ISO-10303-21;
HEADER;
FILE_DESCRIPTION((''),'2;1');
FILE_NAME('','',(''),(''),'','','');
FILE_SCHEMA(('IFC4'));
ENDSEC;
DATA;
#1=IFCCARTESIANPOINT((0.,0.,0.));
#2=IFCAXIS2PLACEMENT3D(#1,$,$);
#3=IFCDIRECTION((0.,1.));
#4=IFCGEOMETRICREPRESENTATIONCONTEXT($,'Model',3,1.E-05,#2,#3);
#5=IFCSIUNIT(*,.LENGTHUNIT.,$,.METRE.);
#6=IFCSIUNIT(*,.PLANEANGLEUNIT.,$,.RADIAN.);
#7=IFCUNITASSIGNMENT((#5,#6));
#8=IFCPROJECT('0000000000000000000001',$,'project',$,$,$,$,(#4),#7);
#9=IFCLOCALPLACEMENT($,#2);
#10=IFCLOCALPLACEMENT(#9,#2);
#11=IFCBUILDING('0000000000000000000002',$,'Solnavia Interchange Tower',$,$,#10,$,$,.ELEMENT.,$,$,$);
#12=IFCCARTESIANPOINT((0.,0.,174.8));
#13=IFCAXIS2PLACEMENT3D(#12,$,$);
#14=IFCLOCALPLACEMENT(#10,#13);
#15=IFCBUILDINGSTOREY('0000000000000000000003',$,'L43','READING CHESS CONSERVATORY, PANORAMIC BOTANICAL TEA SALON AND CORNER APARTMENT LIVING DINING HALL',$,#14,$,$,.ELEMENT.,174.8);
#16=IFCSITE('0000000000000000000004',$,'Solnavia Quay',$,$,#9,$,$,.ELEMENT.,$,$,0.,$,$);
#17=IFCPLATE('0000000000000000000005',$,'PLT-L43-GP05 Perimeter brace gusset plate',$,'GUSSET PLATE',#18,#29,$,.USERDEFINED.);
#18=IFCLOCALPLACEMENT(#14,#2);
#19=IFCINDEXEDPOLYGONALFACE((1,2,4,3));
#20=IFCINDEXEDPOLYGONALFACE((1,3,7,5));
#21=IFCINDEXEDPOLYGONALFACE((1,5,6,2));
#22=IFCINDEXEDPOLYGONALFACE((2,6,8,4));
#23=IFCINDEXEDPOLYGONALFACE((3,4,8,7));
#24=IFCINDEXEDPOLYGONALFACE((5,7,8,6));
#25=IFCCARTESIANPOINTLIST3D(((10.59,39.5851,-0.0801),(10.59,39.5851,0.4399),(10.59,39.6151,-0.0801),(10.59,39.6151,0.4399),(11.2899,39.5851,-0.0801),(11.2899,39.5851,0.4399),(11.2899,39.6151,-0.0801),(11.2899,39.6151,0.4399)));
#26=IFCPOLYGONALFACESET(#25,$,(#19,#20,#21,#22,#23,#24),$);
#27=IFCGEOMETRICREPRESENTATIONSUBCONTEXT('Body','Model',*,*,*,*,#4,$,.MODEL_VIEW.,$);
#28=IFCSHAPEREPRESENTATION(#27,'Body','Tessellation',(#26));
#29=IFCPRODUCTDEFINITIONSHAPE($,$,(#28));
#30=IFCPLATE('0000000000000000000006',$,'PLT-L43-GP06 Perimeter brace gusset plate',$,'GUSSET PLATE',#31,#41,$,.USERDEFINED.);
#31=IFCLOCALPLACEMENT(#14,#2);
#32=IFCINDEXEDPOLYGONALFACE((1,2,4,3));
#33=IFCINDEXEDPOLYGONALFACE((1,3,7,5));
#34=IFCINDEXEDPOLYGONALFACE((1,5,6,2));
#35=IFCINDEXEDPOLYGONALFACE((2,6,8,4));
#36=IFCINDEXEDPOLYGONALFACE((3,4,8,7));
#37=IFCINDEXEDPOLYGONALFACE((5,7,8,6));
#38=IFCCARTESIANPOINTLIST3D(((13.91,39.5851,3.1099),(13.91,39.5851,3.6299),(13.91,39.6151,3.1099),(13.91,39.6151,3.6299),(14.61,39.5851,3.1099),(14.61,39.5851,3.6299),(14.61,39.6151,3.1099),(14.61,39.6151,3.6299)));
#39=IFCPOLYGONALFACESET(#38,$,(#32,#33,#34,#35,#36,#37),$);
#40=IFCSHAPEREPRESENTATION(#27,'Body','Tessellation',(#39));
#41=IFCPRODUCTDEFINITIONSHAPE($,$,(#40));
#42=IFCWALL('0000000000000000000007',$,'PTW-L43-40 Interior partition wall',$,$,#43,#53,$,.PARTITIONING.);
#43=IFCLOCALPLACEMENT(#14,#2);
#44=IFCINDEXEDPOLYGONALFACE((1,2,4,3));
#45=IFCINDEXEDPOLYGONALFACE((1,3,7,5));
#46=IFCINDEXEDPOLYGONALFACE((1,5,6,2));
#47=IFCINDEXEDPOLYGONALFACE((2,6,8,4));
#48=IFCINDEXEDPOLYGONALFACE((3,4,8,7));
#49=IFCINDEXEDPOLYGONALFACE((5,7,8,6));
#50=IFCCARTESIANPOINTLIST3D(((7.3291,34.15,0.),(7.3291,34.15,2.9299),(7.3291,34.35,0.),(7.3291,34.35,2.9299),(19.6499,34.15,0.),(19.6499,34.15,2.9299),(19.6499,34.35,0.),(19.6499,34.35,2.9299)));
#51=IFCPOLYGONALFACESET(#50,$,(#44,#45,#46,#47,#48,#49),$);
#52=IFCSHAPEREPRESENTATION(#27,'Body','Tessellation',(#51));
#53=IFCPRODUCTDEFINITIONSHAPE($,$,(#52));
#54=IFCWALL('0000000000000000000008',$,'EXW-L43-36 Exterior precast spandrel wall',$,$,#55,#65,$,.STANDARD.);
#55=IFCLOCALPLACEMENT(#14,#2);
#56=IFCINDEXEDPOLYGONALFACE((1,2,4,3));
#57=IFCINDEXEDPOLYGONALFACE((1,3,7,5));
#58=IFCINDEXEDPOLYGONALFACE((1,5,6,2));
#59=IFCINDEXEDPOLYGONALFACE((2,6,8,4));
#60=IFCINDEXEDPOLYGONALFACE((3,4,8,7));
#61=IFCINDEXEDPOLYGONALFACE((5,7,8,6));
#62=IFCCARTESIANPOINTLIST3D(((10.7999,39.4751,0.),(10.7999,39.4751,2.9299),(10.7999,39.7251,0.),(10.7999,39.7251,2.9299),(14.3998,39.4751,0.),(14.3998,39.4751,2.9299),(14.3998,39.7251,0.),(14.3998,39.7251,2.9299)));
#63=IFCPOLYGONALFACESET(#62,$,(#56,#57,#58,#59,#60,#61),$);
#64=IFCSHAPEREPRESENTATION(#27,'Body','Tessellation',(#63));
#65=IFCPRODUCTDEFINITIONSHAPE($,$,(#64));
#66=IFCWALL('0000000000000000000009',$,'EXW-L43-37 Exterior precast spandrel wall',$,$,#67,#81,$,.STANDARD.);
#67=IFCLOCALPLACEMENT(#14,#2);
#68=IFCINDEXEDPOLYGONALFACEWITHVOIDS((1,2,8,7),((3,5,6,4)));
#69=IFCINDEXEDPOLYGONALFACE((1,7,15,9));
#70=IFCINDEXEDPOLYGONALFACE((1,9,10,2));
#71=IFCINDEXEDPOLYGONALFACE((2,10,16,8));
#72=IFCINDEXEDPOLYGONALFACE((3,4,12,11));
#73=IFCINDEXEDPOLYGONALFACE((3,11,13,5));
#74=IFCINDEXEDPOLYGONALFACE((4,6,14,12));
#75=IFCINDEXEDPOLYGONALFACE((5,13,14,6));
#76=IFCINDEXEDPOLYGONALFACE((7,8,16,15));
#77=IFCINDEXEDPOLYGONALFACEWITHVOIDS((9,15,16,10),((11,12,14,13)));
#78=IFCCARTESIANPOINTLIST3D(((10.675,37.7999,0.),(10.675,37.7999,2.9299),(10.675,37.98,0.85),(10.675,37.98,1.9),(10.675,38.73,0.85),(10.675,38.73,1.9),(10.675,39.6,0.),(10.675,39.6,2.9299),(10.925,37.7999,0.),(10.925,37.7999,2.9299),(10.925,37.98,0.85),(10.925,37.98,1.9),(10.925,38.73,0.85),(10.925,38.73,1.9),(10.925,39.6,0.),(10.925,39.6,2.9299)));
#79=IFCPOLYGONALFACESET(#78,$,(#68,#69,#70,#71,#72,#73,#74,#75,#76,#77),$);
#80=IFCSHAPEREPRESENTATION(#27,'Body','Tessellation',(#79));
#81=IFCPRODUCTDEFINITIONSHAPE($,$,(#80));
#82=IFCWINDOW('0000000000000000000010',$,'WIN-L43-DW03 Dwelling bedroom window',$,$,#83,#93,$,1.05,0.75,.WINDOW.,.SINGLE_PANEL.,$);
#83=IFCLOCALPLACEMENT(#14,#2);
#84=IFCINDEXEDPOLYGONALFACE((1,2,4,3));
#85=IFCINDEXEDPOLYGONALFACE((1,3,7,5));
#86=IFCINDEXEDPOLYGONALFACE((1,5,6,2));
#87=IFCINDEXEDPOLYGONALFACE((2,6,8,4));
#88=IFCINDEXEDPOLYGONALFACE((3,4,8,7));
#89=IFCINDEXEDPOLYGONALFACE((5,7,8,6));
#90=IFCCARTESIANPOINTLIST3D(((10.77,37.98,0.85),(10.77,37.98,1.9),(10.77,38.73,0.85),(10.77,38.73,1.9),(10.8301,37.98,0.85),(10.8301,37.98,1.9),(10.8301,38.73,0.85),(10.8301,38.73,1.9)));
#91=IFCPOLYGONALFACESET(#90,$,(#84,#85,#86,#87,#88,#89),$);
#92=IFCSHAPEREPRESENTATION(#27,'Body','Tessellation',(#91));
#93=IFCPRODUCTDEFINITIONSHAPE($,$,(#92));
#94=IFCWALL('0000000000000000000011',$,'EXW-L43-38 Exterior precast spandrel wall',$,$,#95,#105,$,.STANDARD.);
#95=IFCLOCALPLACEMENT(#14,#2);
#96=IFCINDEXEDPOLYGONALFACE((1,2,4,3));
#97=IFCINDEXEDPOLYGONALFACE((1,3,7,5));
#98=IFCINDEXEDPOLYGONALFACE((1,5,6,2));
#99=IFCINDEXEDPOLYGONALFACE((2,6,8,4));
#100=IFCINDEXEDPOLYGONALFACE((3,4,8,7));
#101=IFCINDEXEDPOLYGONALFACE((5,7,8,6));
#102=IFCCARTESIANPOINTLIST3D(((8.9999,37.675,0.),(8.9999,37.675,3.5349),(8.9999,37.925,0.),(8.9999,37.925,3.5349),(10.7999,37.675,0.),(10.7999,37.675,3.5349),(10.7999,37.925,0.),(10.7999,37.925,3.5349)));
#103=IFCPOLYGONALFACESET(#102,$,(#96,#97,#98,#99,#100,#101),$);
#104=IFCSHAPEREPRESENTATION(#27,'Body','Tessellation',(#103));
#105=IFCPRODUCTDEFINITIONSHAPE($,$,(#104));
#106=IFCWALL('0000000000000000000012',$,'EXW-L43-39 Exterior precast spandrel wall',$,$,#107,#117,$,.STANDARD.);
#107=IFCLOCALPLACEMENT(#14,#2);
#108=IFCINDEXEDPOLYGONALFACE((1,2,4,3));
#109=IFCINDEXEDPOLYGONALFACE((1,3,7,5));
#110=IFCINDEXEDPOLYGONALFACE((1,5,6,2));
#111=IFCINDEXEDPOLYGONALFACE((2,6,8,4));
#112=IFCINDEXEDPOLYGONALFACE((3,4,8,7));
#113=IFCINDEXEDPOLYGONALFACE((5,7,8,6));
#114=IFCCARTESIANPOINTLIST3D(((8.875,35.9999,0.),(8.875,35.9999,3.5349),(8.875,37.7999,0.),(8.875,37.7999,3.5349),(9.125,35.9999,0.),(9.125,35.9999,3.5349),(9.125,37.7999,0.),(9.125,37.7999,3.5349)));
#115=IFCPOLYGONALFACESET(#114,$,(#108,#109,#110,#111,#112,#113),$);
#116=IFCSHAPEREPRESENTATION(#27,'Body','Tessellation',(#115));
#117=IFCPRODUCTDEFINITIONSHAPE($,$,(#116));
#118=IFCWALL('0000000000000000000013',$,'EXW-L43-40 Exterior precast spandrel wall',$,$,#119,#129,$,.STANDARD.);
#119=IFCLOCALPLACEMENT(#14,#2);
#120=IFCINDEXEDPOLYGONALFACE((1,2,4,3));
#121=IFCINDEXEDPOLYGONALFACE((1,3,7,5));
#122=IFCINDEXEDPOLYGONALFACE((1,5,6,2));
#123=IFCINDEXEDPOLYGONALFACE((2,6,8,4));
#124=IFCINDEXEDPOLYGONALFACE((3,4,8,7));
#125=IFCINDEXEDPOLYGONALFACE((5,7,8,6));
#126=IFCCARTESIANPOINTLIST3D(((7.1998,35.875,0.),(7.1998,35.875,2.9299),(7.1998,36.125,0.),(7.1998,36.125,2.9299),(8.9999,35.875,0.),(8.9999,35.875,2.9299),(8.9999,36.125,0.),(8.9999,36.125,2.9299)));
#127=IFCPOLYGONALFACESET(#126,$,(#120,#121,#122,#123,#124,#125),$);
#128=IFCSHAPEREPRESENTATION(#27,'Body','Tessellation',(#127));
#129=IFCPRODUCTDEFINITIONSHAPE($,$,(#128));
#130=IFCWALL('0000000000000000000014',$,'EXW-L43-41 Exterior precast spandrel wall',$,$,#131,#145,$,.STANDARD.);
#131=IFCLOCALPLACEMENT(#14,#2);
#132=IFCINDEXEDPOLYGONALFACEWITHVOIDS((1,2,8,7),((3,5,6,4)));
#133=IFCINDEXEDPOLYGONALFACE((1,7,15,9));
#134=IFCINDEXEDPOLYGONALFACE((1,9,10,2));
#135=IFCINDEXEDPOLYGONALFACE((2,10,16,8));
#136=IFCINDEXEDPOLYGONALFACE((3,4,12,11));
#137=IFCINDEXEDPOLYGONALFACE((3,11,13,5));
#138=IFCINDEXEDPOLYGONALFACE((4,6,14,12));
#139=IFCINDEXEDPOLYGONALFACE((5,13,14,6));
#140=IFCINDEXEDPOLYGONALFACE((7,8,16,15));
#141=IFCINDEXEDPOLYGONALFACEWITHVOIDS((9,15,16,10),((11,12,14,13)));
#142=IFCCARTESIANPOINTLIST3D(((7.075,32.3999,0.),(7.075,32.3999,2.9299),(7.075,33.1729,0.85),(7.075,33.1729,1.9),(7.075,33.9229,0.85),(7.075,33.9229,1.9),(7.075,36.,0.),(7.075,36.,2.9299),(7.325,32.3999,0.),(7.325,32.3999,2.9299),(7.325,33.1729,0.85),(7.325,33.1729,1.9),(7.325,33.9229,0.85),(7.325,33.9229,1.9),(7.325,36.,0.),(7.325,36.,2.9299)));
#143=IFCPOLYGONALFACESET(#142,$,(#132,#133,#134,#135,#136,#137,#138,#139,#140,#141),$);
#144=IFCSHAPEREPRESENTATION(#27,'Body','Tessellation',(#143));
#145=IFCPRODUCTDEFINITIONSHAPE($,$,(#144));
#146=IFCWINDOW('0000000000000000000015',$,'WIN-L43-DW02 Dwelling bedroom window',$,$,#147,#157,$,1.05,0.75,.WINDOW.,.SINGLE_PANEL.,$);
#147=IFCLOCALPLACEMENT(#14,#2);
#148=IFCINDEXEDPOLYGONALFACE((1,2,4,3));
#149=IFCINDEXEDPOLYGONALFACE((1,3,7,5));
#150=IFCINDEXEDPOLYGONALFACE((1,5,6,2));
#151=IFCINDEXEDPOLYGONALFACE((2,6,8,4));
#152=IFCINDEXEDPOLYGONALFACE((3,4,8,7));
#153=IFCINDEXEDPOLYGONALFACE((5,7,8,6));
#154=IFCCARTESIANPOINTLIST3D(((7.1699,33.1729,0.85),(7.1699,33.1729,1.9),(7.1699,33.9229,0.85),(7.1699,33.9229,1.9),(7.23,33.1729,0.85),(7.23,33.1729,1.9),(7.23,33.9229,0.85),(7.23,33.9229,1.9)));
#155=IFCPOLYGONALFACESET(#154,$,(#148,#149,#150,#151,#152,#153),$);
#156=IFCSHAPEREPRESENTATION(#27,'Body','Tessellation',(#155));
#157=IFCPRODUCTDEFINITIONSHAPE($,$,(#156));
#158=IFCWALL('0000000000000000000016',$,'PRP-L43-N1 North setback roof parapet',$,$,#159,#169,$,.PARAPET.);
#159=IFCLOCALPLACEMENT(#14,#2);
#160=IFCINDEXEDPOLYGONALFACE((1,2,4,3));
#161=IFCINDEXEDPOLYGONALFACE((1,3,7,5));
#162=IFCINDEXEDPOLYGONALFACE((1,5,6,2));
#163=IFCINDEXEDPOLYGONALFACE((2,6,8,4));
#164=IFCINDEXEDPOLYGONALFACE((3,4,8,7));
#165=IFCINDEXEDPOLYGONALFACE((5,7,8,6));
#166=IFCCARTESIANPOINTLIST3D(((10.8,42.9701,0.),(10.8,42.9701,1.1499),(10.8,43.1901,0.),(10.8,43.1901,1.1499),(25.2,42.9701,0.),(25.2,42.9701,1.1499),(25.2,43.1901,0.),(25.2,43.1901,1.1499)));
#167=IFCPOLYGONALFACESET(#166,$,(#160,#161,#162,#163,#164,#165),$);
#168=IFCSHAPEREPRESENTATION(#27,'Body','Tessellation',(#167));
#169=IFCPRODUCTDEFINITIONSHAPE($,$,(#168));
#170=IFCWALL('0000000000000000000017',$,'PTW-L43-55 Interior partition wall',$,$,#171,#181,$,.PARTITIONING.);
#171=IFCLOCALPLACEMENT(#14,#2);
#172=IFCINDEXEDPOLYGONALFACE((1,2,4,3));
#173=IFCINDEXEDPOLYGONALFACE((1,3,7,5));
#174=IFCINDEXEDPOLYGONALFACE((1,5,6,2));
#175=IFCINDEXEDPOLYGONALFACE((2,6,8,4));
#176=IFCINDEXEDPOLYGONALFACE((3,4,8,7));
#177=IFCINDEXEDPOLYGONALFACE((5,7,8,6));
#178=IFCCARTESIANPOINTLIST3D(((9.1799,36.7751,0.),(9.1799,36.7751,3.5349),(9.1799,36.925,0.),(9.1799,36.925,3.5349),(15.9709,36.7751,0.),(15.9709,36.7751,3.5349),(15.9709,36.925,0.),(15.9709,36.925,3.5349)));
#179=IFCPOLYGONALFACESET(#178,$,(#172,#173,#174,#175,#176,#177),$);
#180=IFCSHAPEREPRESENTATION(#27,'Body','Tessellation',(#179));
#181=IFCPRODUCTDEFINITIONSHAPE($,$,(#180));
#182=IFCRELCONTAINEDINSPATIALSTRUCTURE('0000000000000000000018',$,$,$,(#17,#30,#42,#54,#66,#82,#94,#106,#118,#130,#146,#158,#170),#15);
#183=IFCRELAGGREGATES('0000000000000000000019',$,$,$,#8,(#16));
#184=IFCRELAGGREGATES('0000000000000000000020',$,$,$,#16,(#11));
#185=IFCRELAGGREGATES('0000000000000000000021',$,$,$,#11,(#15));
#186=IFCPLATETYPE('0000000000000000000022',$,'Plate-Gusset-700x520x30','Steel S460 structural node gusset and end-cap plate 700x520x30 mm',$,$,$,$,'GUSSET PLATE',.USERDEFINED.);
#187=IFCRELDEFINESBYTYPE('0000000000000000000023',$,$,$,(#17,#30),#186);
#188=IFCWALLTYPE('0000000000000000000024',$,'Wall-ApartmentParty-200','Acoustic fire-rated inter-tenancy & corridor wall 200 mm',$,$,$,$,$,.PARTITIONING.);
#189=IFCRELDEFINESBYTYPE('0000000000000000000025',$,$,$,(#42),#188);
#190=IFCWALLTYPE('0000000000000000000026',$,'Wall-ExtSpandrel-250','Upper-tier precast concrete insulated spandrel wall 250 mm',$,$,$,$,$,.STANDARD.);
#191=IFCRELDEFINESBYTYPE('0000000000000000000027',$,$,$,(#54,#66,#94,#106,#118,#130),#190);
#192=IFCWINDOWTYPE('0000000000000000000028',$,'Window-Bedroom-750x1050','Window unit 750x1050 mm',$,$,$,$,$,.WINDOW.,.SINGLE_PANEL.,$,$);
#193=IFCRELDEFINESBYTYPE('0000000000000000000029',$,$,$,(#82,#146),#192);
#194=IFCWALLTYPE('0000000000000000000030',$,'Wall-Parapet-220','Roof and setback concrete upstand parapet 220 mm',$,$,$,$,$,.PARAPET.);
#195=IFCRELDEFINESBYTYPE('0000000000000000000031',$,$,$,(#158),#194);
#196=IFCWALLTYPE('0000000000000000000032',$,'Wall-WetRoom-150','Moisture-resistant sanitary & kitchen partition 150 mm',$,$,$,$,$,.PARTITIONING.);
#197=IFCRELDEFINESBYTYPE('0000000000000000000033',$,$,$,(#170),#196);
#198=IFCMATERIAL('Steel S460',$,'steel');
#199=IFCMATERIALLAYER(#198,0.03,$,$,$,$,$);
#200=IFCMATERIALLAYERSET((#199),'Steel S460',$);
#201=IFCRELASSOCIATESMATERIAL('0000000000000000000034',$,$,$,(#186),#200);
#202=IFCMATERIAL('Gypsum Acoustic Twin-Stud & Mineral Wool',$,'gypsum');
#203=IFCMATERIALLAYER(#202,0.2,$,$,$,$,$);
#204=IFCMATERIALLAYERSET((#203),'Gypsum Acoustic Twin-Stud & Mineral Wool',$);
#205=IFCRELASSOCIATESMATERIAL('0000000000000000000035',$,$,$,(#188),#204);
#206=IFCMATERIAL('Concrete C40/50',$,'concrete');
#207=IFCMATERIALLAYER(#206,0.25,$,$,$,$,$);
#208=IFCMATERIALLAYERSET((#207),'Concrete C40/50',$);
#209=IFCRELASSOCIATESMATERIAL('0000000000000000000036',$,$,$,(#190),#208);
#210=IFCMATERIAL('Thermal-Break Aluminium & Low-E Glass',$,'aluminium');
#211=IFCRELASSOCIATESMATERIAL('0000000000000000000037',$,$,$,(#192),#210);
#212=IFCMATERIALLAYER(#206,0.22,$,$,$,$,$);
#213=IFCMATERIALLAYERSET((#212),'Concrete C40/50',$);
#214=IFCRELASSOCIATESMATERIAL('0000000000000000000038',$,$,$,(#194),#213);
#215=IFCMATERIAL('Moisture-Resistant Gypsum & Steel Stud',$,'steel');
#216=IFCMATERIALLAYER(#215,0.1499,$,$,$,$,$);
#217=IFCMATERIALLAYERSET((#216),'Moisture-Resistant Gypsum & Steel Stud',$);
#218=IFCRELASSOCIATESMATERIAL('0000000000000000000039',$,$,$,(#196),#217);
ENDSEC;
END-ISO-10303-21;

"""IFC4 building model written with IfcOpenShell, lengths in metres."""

from ifc_helpers import new_model, si_unit, direction, frame, frame_2d, origin, origin_2d, place, context, subcontext, project, spatial, rectangle, extrude, material, layer, layer_set, type_object, element, fill, save


model = new_model("IFC4")

# Units and contexts
model_context = context("Model", 3, precision=1e-05, world=origin(), true_north=direction((0.0, 1.0)))
body_context = subcontext(model_context, "Body", "Model", "MODEL_VIEW")
ifc_project = project(units=[si_unit("LENGTHUNIT", "METRE"), si_unit("PLANEANGLEUNIT", "RADIAN")], contexts=[model_context])

# Site, building, storey
site_placement = place(None, origin())
site = spatial("IfcSite", under=ifc_project, at=site_placement, Name="Solnavia Quay", CompositionType="ELEMENT", RefElevation=0.0)
building_placement = place(site_placement, origin())
building = spatial("IfcBuilding", under=site, at=building_placement, Name="Solnavia Interchange Tower", CompositionType="ELEMENT")
storey_placement = place(building_placement, frame((0.0, 0.0, 174.8)))
storey = spatial("IfcBuildingStorey", under=building, at=storey_placement, Name="L43", Description="READING CHESS CONSERVATORY, PANORAMIC BOTANICAL TEA SALON AND CORNER APARTMENT LIVING DINING HALL", CompositionType="ELEMENT", Elevation=174.8)

# Shared definitions
ifc_material_1 = material(Name="Steel S460", Category="steel")

# Plates
ifc_layer_1 = layer(ifc_material_1, 0.03)
ifc_layer_set_1 = layer_set([ifc_layer_1], Name="Steel S460")
plate_type = type_object("IfcPlateType", Name="Plate-Gusset-700x520x30", Description="Steel S460 structural node gusset and end-cap plate 700x520x30 mm", ElementType="GUSSET PLATE", PredefinedType="USERDEFINED", material=ifc_layer_set_1)
for number, where, z_axis, x_axis, name in (
    (1, (10.9399, 39.6001, -0.0801), (0.0, 0.0, 1.0), (1.0, 0.0, 0.0), "PLT-L43-GP05 Perimeter brace gusset plate"),
    (2, (14.26, 39.6001, 3.1099), (0.0, 0.0, 1.0), (1.0, 0.0, 0.0), "PLT-L43-GP06 Perimeter brace gusset plate"),
):
    element("IfcPlate", number, at=place(storey_placement, frame(where, z_axis=z_axis, x_axis=x_axis)), inside=storey, type_object=plate_type, Name=name, ObjectType="GUSSET PLATE", PredefinedType="USERDEFINED", context=body_context, shape_type="SweptSolid", body=[
        extrude(rectangle(XDim=0.7, YDim=0.03, at=origin_2d()), origin(), (0.0, 0.0, 1.0), 0.52),
    ])

# Walls
ifc_material_2 = material(Name="Gypsum Acoustic Twin-Stud & Mineral Wool", Category="gypsum")
ifc_layer_2 = layer(ifc_material_2, 0.2)
ifc_layer_set_2 = layer_set([ifc_layer_2], Name="Gypsum Acoustic Twin-Stud & Mineral Wool")
wall_type_1 = type_object("IfcWallType", Name="Wall-ApartmentParty-200", Description="Acoustic fire-rated inter-tenancy & corridor wall 200 mm", PredefinedType="PARTITIONING", material=ifc_layer_set_2)
wall_1_placement = place(storey_placement, frame((7.3291, 34.25, 0.0), z_axis=(0.0, 0.0, 1.0), x_axis=(1.0, 0.0, 0.0)))
element("IfcWall", 3, at=wall_1_placement, inside=storey, type_object=wall_type_1, Name="PTW-L43-40 Interior partition wall", PredefinedType="PARTITIONING", context=body_context, shape_type="SweptSolid", body=[
    extrude(rectangle(XDim=12.3208, YDim=0.2, at=frame_2d((6.1604, 0.0))), origin(), (0.0, 0.0, 1.0), 2.9299),
])
ifc_material_3 = material(Name="Concrete C40/50", Category="concrete")
ifc_layer_3 = layer(ifc_material_3, 0.25)
ifc_layer_set_3 = layer_set([ifc_layer_3], Name="Concrete C40/50")
wall_type_2 = type_object("IfcWallType", Name="Wall-ExtSpandrel-250", Description="Upper-tier precast concrete insulated spandrel wall 250 mm", PredefinedType="STANDARD", material=ifc_layer_set_3)
wall_2_placement = place(storey_placement, frame((10.8, 39.6001, 0.0), z_axis=(0.0, 0.0, 1.0), x_axis=(1.0, 0.0, 0.0)))
element("IfcWall", 4, at=wall_2_placement, inside=storey, type_object=wall_type_2, Name="EXW-L43-36 Exterior precast spandrel wall", PredefinedType="STANDARD", context=body_context, shape_type="SweptSolid", body=[
    extrude(rectangle(XDim=3.5999, YDim=0.25, at=frame_2d((1.7998, 0.0))), origin(), (0.0, 0.0, 1.0), 2.9299),
])

# Wall, opening, window
wall_3_placement = place(storey_placement, frame((10.8, 37.8, 0.0), z_axis=(0.0, 0.0, 1.0), x_axis=(0.0, 1.0, 0.0)))
wall_3 = element("IfcWall", 5, at=wall_3_placement, inside=storey, type_object=wall_type_2, Name="EXW-L43-37 Exterior precast spandrel wall", PredefinedType="STANDARD", context=body_context, shape_type="SweptSolid", body=[
    extrude(rectangle(XDim=1.8, YDim=0.25, at=frame_2d((0.8999, 0.0))), origin(), (0.0, 0.0, 1.0), 2.9299),
])
opening_1_placement = place(wall_3_placement, frame((0.1799, 0.0, 0.8501)))
opening_1 = element("IfcOpeningElement", 6, at=opening_1_placement, cuts=wall_3, PredefinedType="OPENING", context=body_context, shape_type="SweptSolid", body=[
    extrude(rectangle(XDim=0.75, YDim=1.05, at=frame_2d((0.375, 0.5249))), frame((0.0, 0.135, 0.0), z_axis=(0.0, -1.0, 0.0), x_axis=(1.0, 0.0, 0.0)), (0.0, 0.0, 1.0), 0.27),
])
ifc_material_4 = material(Name="Thermal-Break Aluminium & Low-E Glass", Category="aluminium")
window_type = type_object("IfcWindowType", Name="Window-Bedroom-750x1050", Description="Window unit 750x1050 mm", PartitioningType="SINGLE_PANEL", PredefinedType="WINDOW", material=ifc_material_4)
window_1_placement = place(opening_1_placement, origin())
window_1 = element("IfcWindow", 7, at=window_1_placement, inside=storey, type_object=window_type, Name="WIN-L43-DW03 Dwelling bedroom window", OverallHeight=1.05, OverallWidth=0.75, PartitioningType="SINGLE_PANEL", PredefinedType="WINDOW", context=body_context, shape_type="SweptSolid", body=[
    extrude(rectangle(XDim=0.75, YDim=1.05, at=frame_2d((0.375, 0.5249))), frame((0.0, 0.03, 0.0), z_axis=(0.0, -1.0, 0.0), x_axis=(1.0, 0.0, 0.0)), (0.0, 0.0, 1.0), 0.0601),
])
fill(opening_1, window_1)

# Walls
for number, where, z_axis, x_axis, name in (
    (8, (9.0, 37.8, 0.0), (0.0, 0.0, 1.0), (1.0, 0.0, 0.0), "EXW-L43-38 Exterior precast spandrel wall"),
    (9, (9.0, 36.0, 0.0), (0.0, 0.0, 1.0), (0.0, 1.0, 0.0), "EXW-L43-39 Exterior precast spandrel wall"),
):
    element("IfcWall", number, at=place(storey_placement, frame(where, z_axis=z_axis, x_axis=x_axis)), inside=storey, type_object=wall_type_2, Name=name, PredefinedType="STANDARD", context=body_context, shape_type="SweptSolid", body=[
        extrude(rectangle(XDim=1.8, YDim=0.25, at=frame_2d((0.8999, 0.0))), origin(), (0.0, 0.0, 1.0), 3.5349),
    ])
wall_4_placement = place(storey_placement, frame((7.2, 36.0, 0.0), z_axis=(0.0, 0.0, 1.0), x_axis=(1.0, 0.0, 0.0)))
element("IfcWall", 10, at=wall_4_placement, inside=storey, type_object=wall_type_2, Name="EXW-L43-40 Exterior precast spandrel wall", PredefinedType="STANDARD", context=body_context, shape_type="SweptSolid", body=[
    extrude(rectangle(XDim=1.8, YDim=0.25, at=frame_2d((0.8999, 0.0))), origin(), (0.0, 0.0, 1.0), 2.9299),
])

# Wall, opening, window
wall_5_placement = place(storey_placement, frame((7.2, 32.3999, 0.0), z_axis=(0.0, 0.0, 1.0), x_axis=(0.0, 1.0, 0.0)))
wall_5 = element("IfcWall", 11, at=wall_5_placement, inside=storey, type_object=wall_type_2, Name="EXW-L43-41 Exterior precast spandrel wall", PredefinedType="STANDARD", context=body_context, shape_type="SweptSolid", body=[
    extrude(rectangle(XDim=3.6001, YDim=0.25, at=frame_2d((1.8, 0.0))), origin(), (0.0, 0.0, 1.0), 2.9299),
])
opening_2_placement = place(wall_5_placement, frame((0.7729, 0.0, 0.8501)))
opening_2 = element("IfcOpeningElement", 12, at=opening_2_placement, cuts=wall_5, PredefinedType="OPENING", context=body_context, shape_type="SweptSolid", body=[
    extrude(rectangle(XDim=0.75, YDim=1.05, at=frame_2d((0.375, 0.5249))), frame((0.0, 0.135, 0.0), z_axis=(0.0, -1.0, 0.0), x_axis=(1.0, 0.0, 0.0)), (0.0, 0.0, 1.0), 0.27),
])
window_2_placement = place(opening_2_placement, origin())
window_2 = element("IfcWindow", 13, at=window_2_placement, inside=storey, type_object=window_type, Name="WIN-L43-DW02 Dwelling bedroom window", OverallHeight=1.05, OverallWidth=0.75, PartitioningType="SINGLE_PANEL", PredefinedType="WINDOW", context=body_context, shape_type="SweptSolid", body=[
    extrude(rectangle(XDim=0.75, YDim=1.05, at=frame_2d((0.375, 0.5249))), frame((0.0, 0.03, 0.0), z_axis=(0.0, -1.0, 0.0), x_axis=(1.0, 0.0, 0.0)), (0.0, 0.0, 1.0), 0.0601),
])
fill(opening_2, window_2)

# Walls
ifc_layer_4 = layer(ifc_material_3, 0.22)
ifc_layer_set_4 = layer_set([ifc_layer_4], Name="Concrete C40/50")
wall_type_3 = type_object("IfcWallType", Name="Wall-Parapet-220", Description="Roof and setback concrete upstand parapet 220 mm", PredefinedType="PARAPET", material=ifc_layer_set_4)
wall_6_placement = place(storey_placement, frame((10.8, 43.0801, 0.0), z_axis=(0.0, 0.0, 1.0), x_axis=(1.0, 0.0, 0.0)))
element("IfcWall", 14, at=wall_6_placement, inside=storey, type_object=wall_type_3, Name="PRP-L43-N1 North setback roof parapet", PredefinedType="PARAPET", context=body_context, shape_type="SweptSolid", body=[
    extrude(rectangle(XDim=14.3999, YDim=0.22, at=frame_2d((7.2, 0.0))), origin(), (0.0, 0.0, 1.0), 1.1499),
])
ifc_material_5 = material(Name="Moisture-Resistant Gypsum & Steel Stud", Category="steel")
ifc_layer_5 = layer(ifc_material_5, 0.1499)
ifc_layer_set_5 = layer_set([ifc_layer_5], Name="Moisture-Resistant Gypsum & Steel Stud")
wall_type_4 = type_object("IfcWallType", Name="Wall-WetRoom-150", Description="Moisture-resistant sanitary & kitchen partition 150 mm", PredefinedType="PARTITIONING", material=ifc_layer_set_5)
wall_7_placement = place(storey_placement, frame((9.1799, 36.8501, 0.0), z_axis=(0.0, 0.0, 1.0), x_axis=(1.0, 0.0, 0.0)))
element("IfcWall", 15, at=wall_7_placement, inside=storey, type_object=wall_type_4, Name="PTW-L43-55 Interior partition wall", PredefinedType="PARTITIONING", context=body_context, shape_type="SweptSolid", body=[
    extrude(rectangle(XDim=6.791, YDim=0.1499, at=frame_2d((3.3955, 0.0))), origin(), (0.0, 0.0, 1.0), 3.5349),
])

save(model, "model.ifc")
